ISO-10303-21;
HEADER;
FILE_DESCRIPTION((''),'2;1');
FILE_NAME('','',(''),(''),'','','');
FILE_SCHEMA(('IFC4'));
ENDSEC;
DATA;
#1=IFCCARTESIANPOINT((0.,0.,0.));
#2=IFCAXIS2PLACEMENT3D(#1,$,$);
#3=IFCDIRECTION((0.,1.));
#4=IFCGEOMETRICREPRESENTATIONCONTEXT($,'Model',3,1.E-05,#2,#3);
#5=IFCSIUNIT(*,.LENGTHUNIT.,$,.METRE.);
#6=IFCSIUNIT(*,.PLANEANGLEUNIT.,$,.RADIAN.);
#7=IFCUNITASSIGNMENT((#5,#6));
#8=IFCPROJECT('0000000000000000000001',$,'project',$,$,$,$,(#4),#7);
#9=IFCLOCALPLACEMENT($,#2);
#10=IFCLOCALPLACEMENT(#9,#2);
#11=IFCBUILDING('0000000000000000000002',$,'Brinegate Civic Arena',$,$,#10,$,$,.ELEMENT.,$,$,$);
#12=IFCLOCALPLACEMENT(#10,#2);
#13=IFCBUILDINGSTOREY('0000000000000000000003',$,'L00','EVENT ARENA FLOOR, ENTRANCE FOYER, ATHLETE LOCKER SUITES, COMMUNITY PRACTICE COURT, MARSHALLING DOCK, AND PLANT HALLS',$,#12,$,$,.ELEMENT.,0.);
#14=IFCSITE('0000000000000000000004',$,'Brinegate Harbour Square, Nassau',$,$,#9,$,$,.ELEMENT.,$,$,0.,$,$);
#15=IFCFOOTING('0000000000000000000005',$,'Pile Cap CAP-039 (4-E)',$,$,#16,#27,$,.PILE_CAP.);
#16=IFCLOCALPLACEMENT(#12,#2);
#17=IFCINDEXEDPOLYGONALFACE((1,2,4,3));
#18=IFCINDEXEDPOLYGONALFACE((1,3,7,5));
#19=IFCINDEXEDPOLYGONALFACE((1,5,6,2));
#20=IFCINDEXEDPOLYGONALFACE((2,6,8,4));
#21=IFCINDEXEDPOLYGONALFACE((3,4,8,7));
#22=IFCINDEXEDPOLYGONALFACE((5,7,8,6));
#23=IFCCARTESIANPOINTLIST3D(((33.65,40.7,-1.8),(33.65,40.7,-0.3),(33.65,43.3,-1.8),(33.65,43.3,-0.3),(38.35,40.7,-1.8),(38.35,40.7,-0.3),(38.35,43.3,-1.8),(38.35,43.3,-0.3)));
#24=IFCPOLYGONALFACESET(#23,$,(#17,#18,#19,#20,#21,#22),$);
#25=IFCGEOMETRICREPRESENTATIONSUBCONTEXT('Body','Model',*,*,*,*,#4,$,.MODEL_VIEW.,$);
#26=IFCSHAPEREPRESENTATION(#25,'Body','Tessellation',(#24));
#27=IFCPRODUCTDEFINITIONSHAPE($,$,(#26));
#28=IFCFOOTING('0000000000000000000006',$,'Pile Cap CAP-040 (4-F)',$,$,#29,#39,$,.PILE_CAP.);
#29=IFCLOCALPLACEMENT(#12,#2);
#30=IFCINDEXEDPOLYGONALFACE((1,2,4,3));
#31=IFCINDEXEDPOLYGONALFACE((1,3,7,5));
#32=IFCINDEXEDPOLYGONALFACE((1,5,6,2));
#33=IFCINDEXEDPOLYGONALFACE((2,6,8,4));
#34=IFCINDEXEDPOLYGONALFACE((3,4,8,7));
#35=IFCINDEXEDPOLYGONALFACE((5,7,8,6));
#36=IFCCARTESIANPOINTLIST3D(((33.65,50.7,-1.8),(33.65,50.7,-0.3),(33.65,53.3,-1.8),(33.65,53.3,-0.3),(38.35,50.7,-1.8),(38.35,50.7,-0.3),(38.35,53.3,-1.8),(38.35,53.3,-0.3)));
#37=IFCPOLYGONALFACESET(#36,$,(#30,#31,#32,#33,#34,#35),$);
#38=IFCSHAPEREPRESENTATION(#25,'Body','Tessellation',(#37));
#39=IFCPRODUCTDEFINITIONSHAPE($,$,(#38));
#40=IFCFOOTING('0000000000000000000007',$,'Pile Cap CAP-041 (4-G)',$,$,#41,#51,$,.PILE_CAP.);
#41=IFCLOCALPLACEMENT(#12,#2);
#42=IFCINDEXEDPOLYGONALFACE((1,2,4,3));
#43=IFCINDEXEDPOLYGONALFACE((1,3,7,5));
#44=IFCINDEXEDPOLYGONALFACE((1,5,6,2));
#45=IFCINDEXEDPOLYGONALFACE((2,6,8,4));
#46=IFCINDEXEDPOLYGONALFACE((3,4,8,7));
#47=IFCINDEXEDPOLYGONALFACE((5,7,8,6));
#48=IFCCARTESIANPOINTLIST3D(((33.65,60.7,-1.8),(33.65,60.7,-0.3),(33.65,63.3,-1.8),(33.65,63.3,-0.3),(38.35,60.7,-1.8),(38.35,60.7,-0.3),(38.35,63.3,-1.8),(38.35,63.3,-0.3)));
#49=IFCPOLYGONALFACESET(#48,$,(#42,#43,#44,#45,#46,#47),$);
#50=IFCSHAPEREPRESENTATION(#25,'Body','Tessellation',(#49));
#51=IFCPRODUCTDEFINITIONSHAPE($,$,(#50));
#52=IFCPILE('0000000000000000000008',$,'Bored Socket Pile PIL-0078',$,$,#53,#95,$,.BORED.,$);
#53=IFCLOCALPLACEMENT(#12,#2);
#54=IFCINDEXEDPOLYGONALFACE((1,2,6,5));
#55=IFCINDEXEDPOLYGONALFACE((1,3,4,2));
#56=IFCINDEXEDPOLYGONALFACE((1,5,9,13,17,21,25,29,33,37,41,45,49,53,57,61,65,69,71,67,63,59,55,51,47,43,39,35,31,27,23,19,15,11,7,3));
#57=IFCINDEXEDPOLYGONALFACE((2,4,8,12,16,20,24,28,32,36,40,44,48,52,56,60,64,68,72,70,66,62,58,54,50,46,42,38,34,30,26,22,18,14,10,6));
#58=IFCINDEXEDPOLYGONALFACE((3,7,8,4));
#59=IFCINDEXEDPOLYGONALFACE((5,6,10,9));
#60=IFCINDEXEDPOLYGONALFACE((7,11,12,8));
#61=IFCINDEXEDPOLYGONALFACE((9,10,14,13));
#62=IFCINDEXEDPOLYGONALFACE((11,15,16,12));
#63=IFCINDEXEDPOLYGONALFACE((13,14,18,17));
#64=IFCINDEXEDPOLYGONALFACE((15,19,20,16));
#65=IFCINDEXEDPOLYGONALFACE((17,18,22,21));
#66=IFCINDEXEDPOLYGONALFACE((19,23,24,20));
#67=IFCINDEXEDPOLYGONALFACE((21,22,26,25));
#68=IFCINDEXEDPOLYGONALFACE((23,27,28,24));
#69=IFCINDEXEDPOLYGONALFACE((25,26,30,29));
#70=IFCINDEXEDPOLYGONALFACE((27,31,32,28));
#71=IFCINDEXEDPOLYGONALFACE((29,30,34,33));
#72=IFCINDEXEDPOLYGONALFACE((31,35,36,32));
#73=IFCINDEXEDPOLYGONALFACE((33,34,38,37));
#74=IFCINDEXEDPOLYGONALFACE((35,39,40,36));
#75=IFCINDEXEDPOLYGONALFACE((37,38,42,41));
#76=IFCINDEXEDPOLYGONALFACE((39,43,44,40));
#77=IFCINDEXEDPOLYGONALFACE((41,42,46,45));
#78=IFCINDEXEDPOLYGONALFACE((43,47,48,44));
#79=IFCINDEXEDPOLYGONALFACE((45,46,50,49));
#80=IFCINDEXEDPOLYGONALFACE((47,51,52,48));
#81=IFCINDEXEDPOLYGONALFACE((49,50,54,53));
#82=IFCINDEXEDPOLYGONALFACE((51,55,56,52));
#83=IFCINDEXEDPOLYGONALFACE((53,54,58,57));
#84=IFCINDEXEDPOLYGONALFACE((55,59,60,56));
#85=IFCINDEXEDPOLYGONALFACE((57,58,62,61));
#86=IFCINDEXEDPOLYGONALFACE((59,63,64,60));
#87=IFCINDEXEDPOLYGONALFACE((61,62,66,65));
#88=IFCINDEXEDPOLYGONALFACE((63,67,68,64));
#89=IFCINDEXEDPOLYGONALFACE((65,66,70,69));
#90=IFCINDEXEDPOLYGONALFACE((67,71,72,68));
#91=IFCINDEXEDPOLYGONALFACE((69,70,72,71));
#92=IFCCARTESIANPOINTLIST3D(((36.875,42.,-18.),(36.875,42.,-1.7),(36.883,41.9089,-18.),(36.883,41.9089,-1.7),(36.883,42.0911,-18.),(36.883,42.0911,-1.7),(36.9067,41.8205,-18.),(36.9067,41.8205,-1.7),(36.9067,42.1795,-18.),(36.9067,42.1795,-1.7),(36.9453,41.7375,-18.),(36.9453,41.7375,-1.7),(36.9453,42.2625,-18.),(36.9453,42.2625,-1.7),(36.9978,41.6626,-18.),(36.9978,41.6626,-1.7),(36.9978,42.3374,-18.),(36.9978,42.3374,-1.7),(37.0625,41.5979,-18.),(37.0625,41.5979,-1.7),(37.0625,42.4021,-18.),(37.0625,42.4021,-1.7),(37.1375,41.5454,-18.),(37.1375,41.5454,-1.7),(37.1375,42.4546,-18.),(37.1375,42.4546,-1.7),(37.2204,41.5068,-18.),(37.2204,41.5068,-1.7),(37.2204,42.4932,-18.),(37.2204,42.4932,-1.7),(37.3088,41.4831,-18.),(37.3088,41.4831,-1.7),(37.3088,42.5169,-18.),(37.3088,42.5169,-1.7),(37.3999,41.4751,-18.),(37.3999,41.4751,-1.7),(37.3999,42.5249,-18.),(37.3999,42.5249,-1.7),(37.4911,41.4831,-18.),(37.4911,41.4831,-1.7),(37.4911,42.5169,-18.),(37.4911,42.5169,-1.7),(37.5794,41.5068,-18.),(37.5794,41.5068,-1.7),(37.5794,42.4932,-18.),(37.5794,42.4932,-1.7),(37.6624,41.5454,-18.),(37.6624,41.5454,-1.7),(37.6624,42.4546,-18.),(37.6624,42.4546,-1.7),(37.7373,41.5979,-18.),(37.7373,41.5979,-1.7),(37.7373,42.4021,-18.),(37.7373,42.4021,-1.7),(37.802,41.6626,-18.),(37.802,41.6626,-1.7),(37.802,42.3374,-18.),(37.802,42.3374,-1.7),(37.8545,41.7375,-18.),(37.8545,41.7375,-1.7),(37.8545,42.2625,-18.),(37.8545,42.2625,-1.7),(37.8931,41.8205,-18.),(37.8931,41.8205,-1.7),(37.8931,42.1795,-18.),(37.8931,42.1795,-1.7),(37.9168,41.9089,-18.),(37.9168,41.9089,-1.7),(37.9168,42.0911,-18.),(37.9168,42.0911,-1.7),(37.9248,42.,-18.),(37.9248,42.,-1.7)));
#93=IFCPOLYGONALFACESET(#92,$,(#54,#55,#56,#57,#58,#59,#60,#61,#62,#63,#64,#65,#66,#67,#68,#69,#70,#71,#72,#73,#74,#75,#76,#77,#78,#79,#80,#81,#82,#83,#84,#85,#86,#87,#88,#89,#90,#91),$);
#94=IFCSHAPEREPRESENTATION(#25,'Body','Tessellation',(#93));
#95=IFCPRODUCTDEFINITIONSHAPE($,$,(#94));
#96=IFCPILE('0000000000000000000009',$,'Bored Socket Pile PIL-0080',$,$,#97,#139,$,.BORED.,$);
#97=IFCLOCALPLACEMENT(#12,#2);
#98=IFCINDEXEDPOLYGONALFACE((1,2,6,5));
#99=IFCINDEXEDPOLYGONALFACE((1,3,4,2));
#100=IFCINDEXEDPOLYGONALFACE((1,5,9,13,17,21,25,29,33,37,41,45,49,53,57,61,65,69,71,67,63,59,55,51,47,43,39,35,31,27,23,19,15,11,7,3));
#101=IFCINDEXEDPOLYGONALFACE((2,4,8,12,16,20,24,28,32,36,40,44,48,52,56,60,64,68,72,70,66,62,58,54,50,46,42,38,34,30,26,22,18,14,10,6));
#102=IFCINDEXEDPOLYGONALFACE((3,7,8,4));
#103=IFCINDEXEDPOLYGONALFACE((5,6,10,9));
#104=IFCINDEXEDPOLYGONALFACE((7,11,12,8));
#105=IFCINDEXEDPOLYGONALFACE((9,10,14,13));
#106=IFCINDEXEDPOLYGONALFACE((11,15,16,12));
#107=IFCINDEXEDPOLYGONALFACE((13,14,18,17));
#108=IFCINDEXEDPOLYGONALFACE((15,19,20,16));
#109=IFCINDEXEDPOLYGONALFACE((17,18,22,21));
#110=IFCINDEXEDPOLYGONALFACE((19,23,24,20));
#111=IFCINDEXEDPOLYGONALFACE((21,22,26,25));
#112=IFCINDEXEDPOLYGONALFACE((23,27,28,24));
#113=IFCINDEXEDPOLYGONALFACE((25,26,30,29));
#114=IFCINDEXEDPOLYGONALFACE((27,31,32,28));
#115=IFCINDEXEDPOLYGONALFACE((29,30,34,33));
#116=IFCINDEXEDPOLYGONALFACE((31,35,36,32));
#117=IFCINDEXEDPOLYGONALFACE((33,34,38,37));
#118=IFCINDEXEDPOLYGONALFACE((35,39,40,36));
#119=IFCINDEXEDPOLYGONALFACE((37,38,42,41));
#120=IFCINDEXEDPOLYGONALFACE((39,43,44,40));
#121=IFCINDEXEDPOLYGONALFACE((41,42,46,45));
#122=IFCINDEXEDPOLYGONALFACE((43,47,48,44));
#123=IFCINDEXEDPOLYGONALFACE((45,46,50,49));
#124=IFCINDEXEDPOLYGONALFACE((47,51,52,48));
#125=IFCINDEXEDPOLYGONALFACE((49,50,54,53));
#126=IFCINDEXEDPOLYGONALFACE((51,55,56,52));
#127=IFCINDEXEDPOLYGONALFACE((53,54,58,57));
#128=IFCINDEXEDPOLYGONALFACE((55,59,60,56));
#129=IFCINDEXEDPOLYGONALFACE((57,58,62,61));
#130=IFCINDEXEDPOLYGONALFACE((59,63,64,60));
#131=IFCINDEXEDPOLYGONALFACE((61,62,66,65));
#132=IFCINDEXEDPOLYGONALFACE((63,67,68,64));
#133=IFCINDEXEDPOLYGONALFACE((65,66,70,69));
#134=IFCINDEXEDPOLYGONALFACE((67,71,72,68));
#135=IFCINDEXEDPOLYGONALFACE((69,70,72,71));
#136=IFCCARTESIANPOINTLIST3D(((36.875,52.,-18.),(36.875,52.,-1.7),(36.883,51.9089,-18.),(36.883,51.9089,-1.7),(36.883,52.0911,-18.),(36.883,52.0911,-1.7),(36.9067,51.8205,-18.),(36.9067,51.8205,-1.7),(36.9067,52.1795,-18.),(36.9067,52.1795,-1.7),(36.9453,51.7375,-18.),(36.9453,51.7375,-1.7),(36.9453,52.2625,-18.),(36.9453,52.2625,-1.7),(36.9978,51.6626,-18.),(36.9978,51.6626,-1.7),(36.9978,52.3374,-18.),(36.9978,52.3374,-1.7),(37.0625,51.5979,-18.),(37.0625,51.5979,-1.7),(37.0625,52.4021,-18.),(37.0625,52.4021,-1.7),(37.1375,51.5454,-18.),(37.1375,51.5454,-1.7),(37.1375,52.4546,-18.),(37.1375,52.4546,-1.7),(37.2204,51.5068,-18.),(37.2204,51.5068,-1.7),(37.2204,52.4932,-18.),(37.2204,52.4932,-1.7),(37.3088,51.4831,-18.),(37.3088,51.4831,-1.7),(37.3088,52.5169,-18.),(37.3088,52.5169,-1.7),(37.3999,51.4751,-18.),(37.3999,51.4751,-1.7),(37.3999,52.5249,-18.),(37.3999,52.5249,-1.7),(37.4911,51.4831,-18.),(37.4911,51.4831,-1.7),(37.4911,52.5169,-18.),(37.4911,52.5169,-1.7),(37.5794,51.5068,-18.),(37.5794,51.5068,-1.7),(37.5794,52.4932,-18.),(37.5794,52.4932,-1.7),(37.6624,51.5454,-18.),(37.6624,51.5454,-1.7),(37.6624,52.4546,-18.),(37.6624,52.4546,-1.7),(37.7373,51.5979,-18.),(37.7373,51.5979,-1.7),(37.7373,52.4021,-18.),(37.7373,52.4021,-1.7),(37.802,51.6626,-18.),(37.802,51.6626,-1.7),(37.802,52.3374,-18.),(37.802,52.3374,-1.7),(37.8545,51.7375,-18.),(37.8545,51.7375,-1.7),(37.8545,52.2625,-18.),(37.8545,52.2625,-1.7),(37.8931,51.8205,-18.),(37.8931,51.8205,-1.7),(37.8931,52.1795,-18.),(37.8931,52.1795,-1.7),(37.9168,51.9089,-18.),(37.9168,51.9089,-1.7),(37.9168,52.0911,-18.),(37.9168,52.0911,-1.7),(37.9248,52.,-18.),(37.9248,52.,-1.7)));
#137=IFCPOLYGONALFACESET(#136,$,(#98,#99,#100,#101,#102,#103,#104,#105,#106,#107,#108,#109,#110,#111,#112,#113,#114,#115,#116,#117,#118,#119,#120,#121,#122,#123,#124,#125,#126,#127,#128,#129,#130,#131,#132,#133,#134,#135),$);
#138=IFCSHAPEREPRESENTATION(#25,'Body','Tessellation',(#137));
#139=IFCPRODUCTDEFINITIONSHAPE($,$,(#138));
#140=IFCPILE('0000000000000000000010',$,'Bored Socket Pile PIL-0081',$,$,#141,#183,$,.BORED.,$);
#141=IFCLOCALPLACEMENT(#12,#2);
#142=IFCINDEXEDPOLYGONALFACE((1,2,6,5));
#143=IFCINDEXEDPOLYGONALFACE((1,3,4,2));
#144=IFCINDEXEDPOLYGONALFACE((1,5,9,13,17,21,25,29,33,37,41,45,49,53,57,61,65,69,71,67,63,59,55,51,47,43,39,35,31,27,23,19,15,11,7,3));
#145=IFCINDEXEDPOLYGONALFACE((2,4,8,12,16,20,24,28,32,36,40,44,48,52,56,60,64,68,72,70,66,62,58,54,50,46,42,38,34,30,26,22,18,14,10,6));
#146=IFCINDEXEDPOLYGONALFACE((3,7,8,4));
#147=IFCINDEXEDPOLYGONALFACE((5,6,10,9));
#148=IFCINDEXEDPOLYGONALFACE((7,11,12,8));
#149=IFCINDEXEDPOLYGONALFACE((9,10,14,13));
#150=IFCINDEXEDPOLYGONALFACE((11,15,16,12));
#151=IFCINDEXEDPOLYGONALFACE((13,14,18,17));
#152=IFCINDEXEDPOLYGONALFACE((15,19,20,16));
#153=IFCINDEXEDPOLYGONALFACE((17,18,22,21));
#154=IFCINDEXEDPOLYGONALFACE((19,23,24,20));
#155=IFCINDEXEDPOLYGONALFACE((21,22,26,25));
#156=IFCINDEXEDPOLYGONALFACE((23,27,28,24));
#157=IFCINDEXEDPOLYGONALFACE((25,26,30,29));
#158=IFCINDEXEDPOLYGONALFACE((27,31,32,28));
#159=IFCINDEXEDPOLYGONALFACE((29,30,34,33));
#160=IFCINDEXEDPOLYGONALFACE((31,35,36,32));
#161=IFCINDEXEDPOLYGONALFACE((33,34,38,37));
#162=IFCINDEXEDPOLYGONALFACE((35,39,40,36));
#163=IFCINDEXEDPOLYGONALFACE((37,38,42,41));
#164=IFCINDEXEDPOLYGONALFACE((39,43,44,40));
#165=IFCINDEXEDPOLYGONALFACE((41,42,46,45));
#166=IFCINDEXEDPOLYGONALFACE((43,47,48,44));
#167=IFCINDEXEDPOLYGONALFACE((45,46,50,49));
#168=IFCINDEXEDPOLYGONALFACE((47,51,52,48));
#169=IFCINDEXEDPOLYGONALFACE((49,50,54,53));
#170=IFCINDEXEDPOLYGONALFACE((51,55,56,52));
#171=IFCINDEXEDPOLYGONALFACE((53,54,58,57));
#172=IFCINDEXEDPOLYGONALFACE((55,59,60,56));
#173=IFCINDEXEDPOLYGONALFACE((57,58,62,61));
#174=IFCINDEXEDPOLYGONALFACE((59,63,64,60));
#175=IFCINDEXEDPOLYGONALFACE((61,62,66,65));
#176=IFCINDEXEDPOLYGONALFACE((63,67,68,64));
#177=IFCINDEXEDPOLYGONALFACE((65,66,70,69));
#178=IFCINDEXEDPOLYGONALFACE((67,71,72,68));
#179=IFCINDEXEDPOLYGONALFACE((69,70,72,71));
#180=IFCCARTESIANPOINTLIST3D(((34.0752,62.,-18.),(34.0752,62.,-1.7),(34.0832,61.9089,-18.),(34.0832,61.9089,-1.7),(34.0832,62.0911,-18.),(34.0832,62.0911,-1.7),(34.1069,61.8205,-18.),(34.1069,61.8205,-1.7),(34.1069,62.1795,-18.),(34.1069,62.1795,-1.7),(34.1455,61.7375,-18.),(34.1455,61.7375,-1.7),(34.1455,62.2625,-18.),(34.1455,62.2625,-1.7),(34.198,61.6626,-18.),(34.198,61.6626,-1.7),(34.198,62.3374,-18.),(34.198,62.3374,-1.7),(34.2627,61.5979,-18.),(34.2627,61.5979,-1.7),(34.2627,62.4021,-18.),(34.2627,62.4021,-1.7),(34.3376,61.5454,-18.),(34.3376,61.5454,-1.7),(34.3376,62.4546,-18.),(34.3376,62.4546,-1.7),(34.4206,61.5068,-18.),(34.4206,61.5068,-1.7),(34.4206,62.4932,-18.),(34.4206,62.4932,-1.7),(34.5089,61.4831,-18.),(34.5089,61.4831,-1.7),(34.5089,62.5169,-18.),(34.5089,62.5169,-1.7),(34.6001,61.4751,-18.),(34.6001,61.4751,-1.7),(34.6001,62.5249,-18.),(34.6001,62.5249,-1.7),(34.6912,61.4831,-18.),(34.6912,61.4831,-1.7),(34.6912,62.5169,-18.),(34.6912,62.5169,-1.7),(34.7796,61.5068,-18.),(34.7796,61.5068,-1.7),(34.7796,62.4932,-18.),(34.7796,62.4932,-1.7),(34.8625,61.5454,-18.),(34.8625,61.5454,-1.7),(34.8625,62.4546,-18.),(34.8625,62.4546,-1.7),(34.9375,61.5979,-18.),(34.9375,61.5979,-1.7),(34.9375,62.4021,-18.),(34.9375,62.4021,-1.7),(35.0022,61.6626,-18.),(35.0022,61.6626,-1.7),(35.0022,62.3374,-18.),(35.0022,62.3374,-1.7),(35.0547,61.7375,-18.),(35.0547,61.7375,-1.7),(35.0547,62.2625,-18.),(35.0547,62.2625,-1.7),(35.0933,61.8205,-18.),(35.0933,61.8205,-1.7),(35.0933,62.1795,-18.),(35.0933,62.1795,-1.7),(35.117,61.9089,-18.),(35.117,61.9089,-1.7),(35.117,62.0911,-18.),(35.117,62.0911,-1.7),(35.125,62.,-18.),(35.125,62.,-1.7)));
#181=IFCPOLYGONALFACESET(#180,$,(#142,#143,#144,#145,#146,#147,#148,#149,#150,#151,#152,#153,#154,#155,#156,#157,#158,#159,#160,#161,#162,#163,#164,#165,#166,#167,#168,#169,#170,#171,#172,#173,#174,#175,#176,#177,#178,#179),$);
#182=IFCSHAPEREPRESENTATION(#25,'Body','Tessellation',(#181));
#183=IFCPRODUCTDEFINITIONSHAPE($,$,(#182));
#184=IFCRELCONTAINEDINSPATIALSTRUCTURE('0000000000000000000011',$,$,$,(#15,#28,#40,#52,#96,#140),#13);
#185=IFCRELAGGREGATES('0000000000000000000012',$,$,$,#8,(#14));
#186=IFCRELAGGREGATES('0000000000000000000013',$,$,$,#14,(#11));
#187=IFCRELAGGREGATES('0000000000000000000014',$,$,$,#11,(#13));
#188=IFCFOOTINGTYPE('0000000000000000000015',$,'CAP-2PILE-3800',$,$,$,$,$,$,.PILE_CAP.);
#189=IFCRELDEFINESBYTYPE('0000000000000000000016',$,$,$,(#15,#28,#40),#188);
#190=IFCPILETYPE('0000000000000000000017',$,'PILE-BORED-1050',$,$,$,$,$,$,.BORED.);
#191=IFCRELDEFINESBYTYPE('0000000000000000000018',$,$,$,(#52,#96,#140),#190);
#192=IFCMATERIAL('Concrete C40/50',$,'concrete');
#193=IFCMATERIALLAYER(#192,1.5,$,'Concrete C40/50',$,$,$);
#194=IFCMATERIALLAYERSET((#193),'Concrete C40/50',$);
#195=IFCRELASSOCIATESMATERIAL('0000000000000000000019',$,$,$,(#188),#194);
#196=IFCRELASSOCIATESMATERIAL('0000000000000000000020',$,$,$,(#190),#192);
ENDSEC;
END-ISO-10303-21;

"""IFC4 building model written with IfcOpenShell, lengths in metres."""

from ifc_helpers import new_model, si_unit, direction, frame, origin, origin_2d, place, context, subcontext, project, spatial, rectangle, circle, extrude, material, layer, layer_set, material_profile, profile_set, type_object, element, save


model = new_model("IFC4")

# Units and contexts
model_context = context("Model", 3, precision=1e-05, world=origin(), true_north=direction((0.0, 1.0)))
body_context = subcontext(model_context, "Body", "Model", "MODEL_VIEW")
ifc_project = project(units=[si_unit("LENGTHUNIT", "METRE"), si_unit("PLANEANGLEUNIT", "RADIAN")], contexts=[model_context])

# Site, building, storey
site_placement = place(None, origin())
site = spatial("IfcSite", under=ifc_project, at=site_placement, Name="Brinegate Harbour Square, Nassau", CompositionType="ELEMENT", RefElevation=0.0)
building_placement = place(site_placement, origin())
building = spatial("IfcBuilding", under=site, at=building_placement, Name="Brinegate Civic Arena", CompositionType="ELEMENT")
storey_placement = place(building_placement, origin())
storey = spatial("IfcBuildingStorey", under=building, at=storey_placement, Name="L00", Description="EVENT ARENA FLOOR, ENTRANCE FOYER, ATHLETE LOCKER SUITES, COMMUNITY PRACTICE COURT, MARSHALLING DOCK, AND PLANT HALLS", CompositionType="ELEMENT", Elevation=0.0)

# Footings
ifc_material_1 = material(Name="Concrete C40/50", Category="concrete")
ifc_layer_1 = layer(ifc_material_1, 1.5, Name="Concrete C40/50")
ifc_layer_set_1 = layer_set([ifc_layer_1], Name="Concrete C40/50")
footing_type_1 = type_object("IfcFootingType", Name="CAP-2PILE-3800", PredefinedType="PILE_CAP", material=ifc_layer_set_1)
for number, where, z_axis, x_axis, name in (
    (1, (36.0, 42.0, -1.8), (0.0, 0.0, 1.0), (1.0, 0.0, 0.0), "Pile Cap CAP-039 (4-E)"),
    (2, (36.0, 52.0, -1.8), (0.0, 0.0, 1.0), (1.0, 0.0, 0.0), "Pile Cap CAP-040 (4-F)"),
    (3, (36.0, 62.0, -1.8), (0.0, 0.0, 1.0), (1.0, 0.0, 0.0), "Pile Cap CAP-041 (4-G)"),
):
    element("IfcFooting", number, at=place(storey_placement, frame(where, z_axis=z_axis, x_axis=x_axis)), inside=storey, type_object=footing_type_1, Name=name, PredefinedType="PILE_CAP", context=body_context, shape_type="SweptSolid", body=[
        extrude(rectangle(XDim=4.7, YDim=2.6001, at=origin_2d()), origin(), (0.0, 0.0, 1.0), 1.5),
    ])

# Piles
ifc_material_profile_1 = material_profile(ifc_material_1, circle(Radius=0.5249, at=origin_2d()), Name="PILED1050")
ifc_profile_set_1 = profile_set([ifc_material_profile_1], Name="Concrete C40/50")
pile_type_1 = type_object("IfcPileType", Name="PILE-BORED-1050", PredefinedType="BORED", material=ifc_profile_set_1)
for number, where, z_axis, x_axis, name in (
    (4, (37.3999, 42.0, -1.7), (0.0, 0.0, -1.0), (1.0, 0.0, 0.0), "Bored Socket Pile PIL-0078"),
    (5, (37.3999, 52.0, -1.7), (0.0, 0.0, -1.0), (1.0, 0.0, 0.0), "Bored Socket Pile PIL-0080"),
    (6, (34.6001, 62.0, -1.7), (0.0, 0.0, -1.0), (1.0, 0.0, 0.0), "Bored Socket Pile PIL-0081"),
):
    element("IfcPile", number, at=place(storey_placement, frame(where, z_axis=z_axis, x_axis=x_axis)), inside=storey, type_object=pile_type_1, Name=name, PredefinedType="BORED", context=body_context, shape_type="SweptSolid", body=[
        extrude(circle(Radius=0.5249, at=origin_2d()), origin(), (0.0, 0.0, 1.0), 16.3),
    ])

save(model, "model.ifc")
